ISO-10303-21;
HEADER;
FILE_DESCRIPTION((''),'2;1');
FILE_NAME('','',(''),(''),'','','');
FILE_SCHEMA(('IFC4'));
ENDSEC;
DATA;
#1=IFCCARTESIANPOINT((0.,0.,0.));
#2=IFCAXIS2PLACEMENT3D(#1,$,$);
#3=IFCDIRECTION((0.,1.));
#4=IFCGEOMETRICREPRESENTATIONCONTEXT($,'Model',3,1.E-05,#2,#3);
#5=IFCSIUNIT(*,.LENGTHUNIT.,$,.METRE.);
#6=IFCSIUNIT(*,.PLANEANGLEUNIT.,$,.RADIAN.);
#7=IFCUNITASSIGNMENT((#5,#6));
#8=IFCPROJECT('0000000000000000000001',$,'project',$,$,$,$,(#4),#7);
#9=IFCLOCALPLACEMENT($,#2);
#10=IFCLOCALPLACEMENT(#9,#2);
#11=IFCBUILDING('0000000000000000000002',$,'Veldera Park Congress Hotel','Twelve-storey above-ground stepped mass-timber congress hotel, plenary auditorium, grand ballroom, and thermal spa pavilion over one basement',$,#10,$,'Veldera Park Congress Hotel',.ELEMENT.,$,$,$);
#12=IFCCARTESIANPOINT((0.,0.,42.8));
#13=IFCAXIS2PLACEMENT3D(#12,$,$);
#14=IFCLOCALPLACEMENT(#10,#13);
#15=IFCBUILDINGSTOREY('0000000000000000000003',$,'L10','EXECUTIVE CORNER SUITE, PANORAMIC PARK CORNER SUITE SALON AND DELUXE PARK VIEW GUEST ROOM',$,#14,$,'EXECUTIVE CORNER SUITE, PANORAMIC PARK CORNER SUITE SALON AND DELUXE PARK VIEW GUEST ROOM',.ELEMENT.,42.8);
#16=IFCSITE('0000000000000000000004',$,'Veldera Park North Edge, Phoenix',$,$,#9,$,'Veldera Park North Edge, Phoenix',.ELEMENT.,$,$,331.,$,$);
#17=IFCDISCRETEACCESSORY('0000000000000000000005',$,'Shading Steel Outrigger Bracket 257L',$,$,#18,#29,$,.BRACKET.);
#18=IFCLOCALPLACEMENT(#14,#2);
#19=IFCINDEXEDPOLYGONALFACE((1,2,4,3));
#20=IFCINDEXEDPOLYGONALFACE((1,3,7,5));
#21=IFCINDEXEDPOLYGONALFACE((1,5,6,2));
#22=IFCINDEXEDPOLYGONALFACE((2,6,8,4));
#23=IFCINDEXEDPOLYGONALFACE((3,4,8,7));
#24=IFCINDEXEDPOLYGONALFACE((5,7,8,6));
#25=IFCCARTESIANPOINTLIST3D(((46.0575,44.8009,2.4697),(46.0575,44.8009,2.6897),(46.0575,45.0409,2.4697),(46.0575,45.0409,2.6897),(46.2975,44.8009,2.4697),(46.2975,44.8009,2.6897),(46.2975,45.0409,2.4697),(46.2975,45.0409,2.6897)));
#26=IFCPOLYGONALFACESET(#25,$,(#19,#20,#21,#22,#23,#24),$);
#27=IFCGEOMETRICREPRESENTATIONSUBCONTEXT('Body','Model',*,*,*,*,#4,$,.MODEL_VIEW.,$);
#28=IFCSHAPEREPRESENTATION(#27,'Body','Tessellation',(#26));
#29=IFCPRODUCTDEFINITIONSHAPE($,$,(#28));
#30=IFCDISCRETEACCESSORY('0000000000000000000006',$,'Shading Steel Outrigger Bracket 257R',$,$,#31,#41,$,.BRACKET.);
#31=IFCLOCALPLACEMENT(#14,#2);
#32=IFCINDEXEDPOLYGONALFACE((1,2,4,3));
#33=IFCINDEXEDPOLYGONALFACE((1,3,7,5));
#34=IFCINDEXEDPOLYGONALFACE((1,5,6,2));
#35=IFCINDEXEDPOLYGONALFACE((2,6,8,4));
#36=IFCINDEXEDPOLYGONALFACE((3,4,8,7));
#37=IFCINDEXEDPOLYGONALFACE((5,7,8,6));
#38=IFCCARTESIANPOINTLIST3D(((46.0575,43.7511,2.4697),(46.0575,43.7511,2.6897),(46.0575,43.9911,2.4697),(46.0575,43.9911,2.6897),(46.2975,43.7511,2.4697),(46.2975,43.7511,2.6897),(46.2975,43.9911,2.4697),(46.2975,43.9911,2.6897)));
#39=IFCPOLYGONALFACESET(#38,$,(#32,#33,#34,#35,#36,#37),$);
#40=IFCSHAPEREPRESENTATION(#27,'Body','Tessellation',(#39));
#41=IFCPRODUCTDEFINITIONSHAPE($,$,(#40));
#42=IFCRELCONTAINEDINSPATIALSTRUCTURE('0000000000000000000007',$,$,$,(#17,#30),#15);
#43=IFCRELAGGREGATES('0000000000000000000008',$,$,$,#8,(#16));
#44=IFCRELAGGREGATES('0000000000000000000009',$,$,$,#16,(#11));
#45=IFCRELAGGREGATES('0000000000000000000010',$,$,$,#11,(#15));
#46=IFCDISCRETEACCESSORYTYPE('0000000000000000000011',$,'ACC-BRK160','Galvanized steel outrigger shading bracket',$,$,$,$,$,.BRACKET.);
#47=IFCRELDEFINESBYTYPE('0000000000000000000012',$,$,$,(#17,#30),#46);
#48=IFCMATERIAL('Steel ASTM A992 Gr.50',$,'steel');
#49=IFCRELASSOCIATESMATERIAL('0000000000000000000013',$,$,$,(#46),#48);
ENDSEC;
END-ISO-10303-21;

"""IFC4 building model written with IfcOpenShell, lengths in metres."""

from ifc_helpers import new_model, si_unit, direction, frame, origin, origin_2d, place, context, subcontext, project, spatial, rectangle, extrude, material, type_object, element, save


model = new_model("IFC4")

# Units and contexts
model_context = context("Model", 3, precision=1e-05, world=origin(), true_north=direction((0.0, 1.0)))
body_context = subcontext(model_context, "Body", "Model", "MODEL_VIEW")
ifc_project = project(units=[si_unit("LENGTHUNIT", "METRE"), si_unit("PLANEANGLEUNIT", "RADIAN")], contexts=[model_context])

# Site, building, storey
site_placement = place(None, origin())
site = spatial("IfcSite", under=ifc_project, at=site_placement, Name="Veldera Park North Edge, Phoenix", LongName="Veldera Park North Edge, Phoenix", CompositionType="ELEMENT", RefElevation=331.0)
building_placement = place(site_placement, origin())
building = spatial("IfcBuilding", under=site, at=building_placement, Name="Veldera Park Congress Hotel", Description="Twelve-storey above-ground stepped mass-timber congress hotel, plenary auditorium, grand ballroom, and thermal spa pavilion over one basement", LongName="Veldera Park Congress Hotel", CompositionType="ELEMENT")
storey_placement = place(building_placement, frame((0.0, 0.0, 42.8)))
storey = spatial("IfcBuildingStorey", under=building, at=storey_placement, Name="L10", Description="EXECUTIVE CORNER SUITE, PANORAMIC PARK CORNER SUITE SALON AND DELUXE PARK VIEW GUEST ROOM", LongName="EXECUTIVE CORNER SUITE, PANORAMIC PARK CORNER SUITE SALON AND DELUXE PARK VIEW GUEST ROOM", CompositionType="ELEMENT", Elevation=42.8)

# Discrete accessories
ifc_material_1 = material(Name="Steel ASTM A992 Gr.50", Category="steel")
discrete_accessory_type = type_object("IfcDiscreteAccessoryType", Name="ACC-BRK160", Description="Galvanized steel outrigger shading bracket", PredefinedType="BRACKET", material=ifc_material_1)
for number, where, z_axis, x_axis, name in (
    (1, (46.1775, 44.9209, 2.4697), (0.0, 0.0, 1.0), (0.0, -1.0, 0.0), "Shading Steel Outrigger Bracket 257L"),
    (2, (46.1775, 43.8711, 2.4697), (0.0, 0.0, 1.0), (0.0, -1.0, 0.0), "Shading Steel Outrigger Bracket 257R"),
):
    element("IfcDiscreteAccessory", number, at=place(storey_placement, frame(where, z_axis=z_axis, x_axis=x_axis)), inside=storey, type_object=discrete_accessory_type, Name=name, PredefinedType="BRACKET", context=body_context, shape_type="SweptSolid", body=[
        extrude(rectangle(XDim=0.24, YDim=0.24, at=origin_2d()), origin(), (0.0, 0.0, 1.0), 0.22),
    ])

save(model, "model.ifc")
